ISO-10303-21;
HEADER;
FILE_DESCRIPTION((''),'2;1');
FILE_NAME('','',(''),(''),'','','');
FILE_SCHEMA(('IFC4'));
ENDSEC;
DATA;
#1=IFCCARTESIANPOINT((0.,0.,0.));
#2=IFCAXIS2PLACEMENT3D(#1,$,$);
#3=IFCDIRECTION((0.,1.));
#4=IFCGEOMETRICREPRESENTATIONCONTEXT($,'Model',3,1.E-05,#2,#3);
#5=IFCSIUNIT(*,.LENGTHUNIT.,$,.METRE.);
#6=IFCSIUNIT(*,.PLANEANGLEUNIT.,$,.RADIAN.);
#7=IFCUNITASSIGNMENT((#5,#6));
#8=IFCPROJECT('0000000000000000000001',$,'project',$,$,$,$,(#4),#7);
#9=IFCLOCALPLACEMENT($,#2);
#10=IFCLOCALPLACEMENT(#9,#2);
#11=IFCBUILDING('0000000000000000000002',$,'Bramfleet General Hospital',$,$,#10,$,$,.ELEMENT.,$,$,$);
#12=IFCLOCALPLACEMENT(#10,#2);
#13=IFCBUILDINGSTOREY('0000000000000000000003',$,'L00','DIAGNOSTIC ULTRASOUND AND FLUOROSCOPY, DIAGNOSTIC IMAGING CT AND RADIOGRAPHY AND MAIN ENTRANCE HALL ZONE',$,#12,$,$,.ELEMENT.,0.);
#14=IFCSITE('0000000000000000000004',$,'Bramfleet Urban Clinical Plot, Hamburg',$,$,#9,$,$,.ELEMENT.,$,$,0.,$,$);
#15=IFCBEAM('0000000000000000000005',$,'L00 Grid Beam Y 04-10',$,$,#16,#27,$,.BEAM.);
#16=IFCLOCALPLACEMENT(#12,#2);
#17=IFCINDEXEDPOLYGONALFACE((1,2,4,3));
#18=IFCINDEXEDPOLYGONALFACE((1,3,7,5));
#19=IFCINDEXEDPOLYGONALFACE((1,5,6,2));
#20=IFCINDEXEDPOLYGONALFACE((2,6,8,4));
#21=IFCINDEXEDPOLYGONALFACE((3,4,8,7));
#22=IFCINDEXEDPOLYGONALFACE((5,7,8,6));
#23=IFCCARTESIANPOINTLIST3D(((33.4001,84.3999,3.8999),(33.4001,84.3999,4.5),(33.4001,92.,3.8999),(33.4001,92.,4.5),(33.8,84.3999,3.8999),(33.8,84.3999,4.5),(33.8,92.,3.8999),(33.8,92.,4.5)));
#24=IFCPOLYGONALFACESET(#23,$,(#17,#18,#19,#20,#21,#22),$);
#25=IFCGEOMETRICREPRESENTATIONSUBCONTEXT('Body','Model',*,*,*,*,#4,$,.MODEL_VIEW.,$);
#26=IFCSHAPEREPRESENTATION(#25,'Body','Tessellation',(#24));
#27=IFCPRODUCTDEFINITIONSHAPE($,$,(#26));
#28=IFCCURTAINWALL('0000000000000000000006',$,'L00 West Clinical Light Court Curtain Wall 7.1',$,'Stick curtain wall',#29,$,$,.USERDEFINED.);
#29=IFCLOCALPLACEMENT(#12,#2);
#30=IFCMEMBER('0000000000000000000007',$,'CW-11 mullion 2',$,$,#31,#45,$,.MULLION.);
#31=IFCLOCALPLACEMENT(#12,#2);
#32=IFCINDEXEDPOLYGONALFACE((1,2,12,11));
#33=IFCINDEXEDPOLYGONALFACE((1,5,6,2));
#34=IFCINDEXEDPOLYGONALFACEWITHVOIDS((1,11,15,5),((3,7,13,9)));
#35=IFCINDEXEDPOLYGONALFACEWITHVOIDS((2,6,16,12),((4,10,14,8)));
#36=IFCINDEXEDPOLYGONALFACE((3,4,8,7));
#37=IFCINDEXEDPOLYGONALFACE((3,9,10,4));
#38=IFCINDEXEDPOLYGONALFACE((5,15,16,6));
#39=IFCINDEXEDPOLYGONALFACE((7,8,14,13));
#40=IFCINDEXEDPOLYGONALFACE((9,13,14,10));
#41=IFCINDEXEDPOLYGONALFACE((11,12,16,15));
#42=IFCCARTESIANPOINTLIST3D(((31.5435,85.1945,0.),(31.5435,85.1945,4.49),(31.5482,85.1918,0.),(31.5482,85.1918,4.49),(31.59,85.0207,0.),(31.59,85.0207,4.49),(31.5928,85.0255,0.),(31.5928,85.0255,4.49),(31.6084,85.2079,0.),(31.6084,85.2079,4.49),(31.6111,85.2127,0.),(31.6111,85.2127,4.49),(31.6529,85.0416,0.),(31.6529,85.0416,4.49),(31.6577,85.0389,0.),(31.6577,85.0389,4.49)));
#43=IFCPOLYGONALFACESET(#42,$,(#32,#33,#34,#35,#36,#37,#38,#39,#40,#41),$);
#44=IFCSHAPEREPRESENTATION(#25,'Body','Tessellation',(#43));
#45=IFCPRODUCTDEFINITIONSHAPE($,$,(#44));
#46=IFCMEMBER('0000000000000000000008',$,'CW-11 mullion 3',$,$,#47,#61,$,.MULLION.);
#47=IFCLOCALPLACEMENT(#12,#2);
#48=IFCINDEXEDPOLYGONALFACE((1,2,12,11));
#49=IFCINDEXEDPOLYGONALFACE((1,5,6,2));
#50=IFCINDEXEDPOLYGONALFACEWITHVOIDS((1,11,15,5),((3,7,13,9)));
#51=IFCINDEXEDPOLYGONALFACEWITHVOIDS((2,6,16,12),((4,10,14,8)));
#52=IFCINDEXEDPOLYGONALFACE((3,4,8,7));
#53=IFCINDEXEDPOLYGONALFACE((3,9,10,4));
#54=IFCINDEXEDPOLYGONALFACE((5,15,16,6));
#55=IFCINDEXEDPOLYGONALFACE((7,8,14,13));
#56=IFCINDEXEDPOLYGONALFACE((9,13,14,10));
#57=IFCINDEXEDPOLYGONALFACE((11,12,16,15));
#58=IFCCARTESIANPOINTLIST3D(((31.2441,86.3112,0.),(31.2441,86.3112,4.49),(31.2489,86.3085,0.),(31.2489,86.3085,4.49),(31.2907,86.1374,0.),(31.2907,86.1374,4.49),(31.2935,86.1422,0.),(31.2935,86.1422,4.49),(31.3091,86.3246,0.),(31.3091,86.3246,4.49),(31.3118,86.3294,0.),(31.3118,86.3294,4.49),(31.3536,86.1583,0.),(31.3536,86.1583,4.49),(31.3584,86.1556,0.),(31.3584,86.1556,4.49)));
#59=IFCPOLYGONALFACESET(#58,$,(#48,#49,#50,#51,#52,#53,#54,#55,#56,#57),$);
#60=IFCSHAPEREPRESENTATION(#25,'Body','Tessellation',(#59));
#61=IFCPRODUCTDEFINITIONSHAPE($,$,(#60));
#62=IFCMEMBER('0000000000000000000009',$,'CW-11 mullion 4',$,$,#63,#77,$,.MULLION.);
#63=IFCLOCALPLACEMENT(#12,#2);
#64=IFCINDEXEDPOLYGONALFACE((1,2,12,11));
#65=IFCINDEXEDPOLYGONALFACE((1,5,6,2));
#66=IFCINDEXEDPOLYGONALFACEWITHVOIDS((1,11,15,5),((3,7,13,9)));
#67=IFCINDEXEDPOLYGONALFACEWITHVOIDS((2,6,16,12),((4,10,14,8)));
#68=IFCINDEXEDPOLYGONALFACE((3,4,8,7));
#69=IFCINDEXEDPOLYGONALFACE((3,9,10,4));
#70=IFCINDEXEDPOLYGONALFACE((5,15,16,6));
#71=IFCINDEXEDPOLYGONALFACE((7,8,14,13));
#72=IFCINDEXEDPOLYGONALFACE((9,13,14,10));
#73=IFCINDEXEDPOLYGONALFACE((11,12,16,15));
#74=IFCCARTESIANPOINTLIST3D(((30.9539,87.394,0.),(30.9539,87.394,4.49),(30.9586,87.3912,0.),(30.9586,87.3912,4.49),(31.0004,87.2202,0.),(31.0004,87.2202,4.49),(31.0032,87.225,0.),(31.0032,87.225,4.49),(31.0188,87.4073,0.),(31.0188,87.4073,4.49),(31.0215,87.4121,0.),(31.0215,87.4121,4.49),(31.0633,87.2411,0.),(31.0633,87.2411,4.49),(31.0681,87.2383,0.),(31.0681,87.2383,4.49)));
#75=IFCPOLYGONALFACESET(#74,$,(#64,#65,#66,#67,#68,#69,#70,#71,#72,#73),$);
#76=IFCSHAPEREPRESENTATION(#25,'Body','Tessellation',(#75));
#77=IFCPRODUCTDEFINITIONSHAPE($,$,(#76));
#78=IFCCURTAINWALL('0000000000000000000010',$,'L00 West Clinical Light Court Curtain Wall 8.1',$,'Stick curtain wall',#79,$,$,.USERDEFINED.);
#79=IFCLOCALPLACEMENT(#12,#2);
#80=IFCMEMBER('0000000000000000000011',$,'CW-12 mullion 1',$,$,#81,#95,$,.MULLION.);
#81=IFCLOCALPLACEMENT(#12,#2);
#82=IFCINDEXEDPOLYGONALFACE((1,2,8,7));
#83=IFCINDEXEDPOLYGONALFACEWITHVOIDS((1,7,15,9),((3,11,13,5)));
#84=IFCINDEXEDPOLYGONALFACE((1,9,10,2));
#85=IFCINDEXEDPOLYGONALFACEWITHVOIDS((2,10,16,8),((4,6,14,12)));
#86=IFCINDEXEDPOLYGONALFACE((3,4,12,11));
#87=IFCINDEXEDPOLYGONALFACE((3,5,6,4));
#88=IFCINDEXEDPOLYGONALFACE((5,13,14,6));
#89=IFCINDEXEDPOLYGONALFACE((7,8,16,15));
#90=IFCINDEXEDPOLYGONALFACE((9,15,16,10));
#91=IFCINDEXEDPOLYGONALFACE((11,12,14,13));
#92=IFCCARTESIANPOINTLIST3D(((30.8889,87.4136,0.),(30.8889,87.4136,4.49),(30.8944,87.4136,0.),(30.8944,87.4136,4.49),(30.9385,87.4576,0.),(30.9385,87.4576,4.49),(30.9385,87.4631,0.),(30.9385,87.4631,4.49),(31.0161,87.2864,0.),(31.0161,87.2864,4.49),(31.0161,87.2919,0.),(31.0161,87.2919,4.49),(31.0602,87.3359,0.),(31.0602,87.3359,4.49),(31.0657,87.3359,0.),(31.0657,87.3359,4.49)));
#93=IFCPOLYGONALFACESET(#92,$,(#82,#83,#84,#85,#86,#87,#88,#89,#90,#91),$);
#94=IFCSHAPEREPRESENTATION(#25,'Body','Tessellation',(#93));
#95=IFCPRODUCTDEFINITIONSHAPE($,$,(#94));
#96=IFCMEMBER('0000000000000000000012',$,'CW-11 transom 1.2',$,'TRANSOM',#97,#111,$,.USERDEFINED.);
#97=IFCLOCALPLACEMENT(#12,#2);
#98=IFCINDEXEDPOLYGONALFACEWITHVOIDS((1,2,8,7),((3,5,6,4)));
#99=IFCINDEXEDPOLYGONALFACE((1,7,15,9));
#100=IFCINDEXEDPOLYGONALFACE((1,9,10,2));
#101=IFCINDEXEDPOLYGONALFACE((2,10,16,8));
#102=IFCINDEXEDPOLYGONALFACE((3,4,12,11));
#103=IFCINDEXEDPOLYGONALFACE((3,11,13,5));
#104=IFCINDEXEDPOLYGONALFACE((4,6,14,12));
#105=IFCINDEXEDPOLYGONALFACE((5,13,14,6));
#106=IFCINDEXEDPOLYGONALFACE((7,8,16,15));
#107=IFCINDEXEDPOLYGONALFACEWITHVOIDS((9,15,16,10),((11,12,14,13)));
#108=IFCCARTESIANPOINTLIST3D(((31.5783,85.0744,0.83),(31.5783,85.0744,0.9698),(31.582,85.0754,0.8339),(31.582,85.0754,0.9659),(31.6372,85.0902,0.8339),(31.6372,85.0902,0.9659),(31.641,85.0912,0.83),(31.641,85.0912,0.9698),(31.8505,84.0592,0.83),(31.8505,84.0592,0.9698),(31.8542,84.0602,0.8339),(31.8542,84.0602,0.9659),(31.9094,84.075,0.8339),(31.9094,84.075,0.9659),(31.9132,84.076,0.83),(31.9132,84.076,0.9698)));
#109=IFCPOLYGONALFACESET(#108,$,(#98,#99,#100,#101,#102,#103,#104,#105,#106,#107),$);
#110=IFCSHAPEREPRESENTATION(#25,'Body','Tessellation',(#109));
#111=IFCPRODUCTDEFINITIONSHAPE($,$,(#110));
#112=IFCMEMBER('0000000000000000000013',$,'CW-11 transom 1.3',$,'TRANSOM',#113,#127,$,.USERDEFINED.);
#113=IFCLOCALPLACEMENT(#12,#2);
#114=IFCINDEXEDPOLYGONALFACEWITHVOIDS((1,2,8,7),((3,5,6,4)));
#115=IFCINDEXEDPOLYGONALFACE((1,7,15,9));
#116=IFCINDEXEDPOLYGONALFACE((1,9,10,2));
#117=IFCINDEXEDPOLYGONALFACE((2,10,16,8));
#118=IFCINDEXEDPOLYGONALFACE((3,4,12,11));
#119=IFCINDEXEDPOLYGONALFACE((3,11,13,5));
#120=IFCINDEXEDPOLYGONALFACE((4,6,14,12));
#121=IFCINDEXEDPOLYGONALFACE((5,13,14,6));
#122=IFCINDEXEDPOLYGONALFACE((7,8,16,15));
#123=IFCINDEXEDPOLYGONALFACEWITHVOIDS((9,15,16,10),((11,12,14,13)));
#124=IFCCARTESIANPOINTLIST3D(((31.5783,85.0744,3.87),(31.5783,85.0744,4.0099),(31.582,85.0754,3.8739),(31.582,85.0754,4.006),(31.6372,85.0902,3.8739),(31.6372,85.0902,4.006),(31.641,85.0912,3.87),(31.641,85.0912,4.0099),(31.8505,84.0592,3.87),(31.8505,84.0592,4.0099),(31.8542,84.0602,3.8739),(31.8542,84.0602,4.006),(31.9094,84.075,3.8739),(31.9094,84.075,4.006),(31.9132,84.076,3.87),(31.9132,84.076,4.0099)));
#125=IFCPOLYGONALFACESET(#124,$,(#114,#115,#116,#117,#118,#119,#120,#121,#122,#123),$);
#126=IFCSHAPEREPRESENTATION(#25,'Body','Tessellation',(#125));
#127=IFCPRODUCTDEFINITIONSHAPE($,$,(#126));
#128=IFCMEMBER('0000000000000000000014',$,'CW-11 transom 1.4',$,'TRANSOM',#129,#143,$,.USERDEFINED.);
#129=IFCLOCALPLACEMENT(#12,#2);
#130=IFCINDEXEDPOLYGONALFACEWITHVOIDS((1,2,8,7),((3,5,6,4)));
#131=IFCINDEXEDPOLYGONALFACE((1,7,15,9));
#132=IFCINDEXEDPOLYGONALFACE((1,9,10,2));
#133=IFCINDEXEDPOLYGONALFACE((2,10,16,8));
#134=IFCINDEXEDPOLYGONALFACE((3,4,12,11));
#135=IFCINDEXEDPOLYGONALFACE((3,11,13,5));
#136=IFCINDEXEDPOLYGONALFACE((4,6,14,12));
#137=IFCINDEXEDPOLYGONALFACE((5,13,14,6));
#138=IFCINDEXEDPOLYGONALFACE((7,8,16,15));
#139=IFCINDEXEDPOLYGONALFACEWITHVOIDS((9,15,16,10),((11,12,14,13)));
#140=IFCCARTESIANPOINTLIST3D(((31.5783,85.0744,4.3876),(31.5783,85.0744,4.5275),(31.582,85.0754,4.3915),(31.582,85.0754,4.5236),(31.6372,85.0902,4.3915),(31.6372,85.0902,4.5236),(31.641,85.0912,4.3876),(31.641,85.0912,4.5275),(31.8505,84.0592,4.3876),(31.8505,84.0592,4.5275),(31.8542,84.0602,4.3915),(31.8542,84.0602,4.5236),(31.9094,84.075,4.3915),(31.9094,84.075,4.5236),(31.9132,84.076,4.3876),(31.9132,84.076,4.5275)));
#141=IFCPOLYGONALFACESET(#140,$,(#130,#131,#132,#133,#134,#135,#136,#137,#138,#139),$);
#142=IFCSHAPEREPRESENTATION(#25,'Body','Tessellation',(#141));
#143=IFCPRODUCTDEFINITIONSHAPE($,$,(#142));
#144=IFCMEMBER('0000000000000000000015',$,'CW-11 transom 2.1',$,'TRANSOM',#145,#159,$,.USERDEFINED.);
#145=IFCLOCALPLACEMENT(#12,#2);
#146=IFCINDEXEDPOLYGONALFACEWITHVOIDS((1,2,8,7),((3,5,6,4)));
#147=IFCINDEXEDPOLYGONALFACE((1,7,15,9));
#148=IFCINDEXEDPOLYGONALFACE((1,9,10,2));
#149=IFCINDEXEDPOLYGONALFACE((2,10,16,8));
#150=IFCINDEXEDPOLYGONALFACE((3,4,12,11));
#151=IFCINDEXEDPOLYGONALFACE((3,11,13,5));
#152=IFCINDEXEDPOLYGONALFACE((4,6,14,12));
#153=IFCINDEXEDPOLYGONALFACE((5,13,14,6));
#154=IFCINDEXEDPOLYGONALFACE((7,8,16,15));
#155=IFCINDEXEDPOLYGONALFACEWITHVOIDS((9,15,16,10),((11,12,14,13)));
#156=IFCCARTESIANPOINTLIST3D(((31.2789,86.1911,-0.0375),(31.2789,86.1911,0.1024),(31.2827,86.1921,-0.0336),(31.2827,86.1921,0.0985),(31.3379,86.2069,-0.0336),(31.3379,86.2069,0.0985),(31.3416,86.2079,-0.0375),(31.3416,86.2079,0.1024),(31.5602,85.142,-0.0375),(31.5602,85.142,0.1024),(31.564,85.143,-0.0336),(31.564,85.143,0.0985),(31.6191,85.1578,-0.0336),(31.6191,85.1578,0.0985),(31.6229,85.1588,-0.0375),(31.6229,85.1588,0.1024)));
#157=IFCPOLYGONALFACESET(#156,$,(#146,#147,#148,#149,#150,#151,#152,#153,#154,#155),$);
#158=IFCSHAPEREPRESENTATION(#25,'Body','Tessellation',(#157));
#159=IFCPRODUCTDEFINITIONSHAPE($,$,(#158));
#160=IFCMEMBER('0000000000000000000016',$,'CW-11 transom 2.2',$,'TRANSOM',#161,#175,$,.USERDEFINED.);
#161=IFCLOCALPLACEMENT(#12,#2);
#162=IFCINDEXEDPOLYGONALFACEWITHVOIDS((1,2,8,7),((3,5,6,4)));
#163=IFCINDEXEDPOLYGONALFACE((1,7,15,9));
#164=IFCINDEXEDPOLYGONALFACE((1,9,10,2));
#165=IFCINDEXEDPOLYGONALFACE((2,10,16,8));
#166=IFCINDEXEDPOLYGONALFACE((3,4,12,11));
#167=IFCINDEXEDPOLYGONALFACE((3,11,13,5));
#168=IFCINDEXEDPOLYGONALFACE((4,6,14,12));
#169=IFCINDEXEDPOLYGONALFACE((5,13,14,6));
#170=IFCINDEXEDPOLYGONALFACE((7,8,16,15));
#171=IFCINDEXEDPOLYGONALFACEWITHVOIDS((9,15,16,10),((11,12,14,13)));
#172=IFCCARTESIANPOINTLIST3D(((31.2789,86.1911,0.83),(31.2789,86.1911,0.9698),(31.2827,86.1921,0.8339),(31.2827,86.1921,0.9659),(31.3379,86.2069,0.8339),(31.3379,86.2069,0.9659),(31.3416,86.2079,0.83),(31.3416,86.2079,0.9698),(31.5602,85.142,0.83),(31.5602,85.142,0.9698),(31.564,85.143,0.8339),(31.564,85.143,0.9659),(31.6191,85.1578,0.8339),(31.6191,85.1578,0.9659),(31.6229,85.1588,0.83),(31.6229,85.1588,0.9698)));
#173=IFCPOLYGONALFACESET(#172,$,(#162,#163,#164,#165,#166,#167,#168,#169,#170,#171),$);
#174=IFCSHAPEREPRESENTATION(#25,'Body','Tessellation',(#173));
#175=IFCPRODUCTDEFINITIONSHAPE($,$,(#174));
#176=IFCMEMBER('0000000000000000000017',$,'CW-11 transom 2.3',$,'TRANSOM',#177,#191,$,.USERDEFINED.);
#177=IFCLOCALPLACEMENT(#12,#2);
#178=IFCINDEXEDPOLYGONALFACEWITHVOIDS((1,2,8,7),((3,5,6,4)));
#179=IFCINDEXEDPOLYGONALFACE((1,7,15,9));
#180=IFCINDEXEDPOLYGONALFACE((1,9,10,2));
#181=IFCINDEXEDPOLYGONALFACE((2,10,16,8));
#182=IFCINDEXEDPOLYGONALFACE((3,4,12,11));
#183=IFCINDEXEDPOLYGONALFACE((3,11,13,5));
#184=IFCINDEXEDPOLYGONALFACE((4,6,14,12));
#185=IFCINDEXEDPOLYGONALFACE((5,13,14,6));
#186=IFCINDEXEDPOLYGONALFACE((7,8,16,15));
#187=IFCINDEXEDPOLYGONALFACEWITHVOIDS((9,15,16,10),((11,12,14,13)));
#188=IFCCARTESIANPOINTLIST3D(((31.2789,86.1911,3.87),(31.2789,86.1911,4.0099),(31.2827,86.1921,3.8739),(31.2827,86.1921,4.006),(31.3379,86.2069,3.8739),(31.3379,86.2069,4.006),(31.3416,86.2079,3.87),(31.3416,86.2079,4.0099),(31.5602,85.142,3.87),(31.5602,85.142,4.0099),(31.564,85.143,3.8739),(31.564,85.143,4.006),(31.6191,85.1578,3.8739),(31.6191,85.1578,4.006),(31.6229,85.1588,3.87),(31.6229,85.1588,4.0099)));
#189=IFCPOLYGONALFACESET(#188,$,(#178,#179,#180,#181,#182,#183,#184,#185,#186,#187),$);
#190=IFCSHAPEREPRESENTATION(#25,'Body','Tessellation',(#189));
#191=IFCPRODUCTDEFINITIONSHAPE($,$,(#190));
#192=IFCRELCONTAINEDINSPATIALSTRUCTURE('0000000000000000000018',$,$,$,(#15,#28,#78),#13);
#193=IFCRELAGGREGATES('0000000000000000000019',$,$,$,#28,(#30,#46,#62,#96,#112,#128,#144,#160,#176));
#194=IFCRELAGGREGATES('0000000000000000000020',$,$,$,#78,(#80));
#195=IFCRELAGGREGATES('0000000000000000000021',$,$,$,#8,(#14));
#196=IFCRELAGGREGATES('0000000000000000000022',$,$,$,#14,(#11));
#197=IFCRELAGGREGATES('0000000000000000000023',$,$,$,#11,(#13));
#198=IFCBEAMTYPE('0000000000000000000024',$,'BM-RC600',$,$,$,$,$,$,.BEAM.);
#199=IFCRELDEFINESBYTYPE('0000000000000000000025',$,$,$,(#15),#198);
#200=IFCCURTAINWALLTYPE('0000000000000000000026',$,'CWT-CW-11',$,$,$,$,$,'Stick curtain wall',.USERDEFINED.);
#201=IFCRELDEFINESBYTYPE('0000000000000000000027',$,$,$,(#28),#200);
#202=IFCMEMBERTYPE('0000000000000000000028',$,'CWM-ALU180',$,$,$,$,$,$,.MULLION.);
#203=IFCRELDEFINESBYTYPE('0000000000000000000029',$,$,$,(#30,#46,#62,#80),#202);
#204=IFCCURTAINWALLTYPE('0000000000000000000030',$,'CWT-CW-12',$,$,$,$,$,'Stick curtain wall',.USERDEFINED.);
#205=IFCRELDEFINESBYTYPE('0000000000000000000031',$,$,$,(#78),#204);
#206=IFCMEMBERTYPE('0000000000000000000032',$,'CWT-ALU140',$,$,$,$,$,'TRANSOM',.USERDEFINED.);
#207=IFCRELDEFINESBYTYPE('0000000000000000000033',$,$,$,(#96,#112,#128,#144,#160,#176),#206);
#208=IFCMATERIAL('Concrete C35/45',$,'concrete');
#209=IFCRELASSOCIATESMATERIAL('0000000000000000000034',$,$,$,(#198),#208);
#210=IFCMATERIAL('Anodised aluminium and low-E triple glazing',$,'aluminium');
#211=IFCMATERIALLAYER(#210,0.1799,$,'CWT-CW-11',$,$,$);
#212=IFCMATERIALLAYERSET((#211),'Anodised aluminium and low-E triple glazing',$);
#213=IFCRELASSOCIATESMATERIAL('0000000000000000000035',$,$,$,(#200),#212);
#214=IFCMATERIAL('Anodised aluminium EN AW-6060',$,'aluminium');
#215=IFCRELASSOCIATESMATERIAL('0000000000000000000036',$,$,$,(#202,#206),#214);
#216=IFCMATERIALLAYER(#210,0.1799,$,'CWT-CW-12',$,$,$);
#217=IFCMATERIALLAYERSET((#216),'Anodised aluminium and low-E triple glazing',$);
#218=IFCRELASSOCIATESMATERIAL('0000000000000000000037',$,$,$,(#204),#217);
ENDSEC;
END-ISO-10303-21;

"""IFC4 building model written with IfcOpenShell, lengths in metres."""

from ifc_helpers import new_model, si_unit, direction, frame, origin, origin_2d, place, context, subcontext, project, spatial, rectangle, hollow_rectangle, extrude, material, layer, layer_set, material_profile, profile_set, type_object, element, aggregate, save


model = new_model("IFC4")

# Units and contexts
model_context = context("Model", 3, precision=1e-05, world=origin(), true_north=direction((0.0, 1.0)))
body_context = subcontext(model_context, "Body", "Model", "MODEL_VIEW")
ifc_project = project(units=[si_unit("LENGTHUNIT", "METRE"), si_unit("PLANEANGLEUNIT", "RADIAN")], contexts=[model_context])

# Site, building, storey
site_placement = place(None, origin())
site = spatial("IfcSite", under=ifc_project, at=site_placement, Name="Bramfleet Urban Clinical Plot, Hamburg", CompositionType="ELEMENT", RefElevation=0.0)
building_placement = place(site_placement, origin())
building = spatial("IfcBuilding", under=site, at=building_placement, Name="Bramfleet General Hospital", CompositionType="ELEMENT")
storey_placement = place(building_placement, origin())
storey = spatial("IfcBuildingStorey", under=building, at=storey_placement, Name="L00", Description="DIAGNOSTIC ULTRASOUND AND FLUOROSCOPY, DIAGNOSTIC IMAGING CT AND RADIOGRAPHY AND MAIN ENTRANCE HALL ZONE", CompositionType="ELEMENT", Elevation=0.0)

# Beam
ifc_material_1 = material(Name="Concrete C35/45", Category="concrete")
ifc_material_profile_1 = material_profile(ifc_material_1, rectangle(XDim=0.3999, YDim=0.6001, at=origin_2d()), Name="RC BM 600x400")
ifc_profile_set_1 = profile_set([ifc_material_profile_1], Name="Concrete C35/45")
beam_type = type_object("IfcBeamType", Name="BM-RC600", PredefinedType="BEAM", material=ifc_profile_set_1)
beam_placement = place(storey_placement, frame((33.6001, 84.3999, 4.2), z_axis=(0.0, 1.0, 0.0), x_axis=(-1.0, 0.0, 0.0)))
element("IfcBeam", 1, at=beam_placement, inside=storey, type_object=beam_type, Name="L00 Grid Beam Y 04-10", PredefinedType="BEAM", context=body_context, shape_type="SweptSolid", body=[
    extrude(rectangle(XDim=0.3999, YDim=0.6001, at=origin_2d()), origin(), (0.0, 0.0, 1.0), 7.6001),
])

# Curtain wall, members
ifc_material_2 = material(Name="Anodised aluminium and low-E triple glazing", Category="aluminium")
ifc_layer_1 = layer(ifc_material_2, 0.1799, Name="CWT-CW-11")
ifc_layer_set_1 = layer_set([ifc_layer_1], Name="Anodised aluminium and low-E triple glazing")
curtain_wall_type_1 = type_object("IfcCurtainWallType", Name="CWT-CW-11", ElementType="Stick curtain wall", PredefinedType="USERDEFINED", material=ifc_layer_set_1)
curtain_wall_1_placement = place(storey_placement, origin())
curtain_wall_1 = element("IfcCurtainWall", 2, at=curtain_wall_1_placement, inside=storey, type_object=curtain_wall_type_1, Name="L00 West Clinical Light Court Curtain Wall 7.1", ObjectType="Stick curtain wall", PredefinedType="USERDEFINED")
ifc_material_3 = material(Name="Anodised aluminium EN AW-6060", Category="aluminium")
ifc_material_profile_2 = material_profile(ifc_material_3, hollow_rectangle(XDim=0.0701, YDim=0.1799, WallThickness=0.0039, at=origin_2d()), Name="ALU 180x70x4.0")
ifc_profile_set_2 = profile_set([ifc_material_profile_2], Name="Anodised aluminium EN AW-6060")
member_type_1 = type_object("IfcMemberType", Name="CWM-ALU180", PredefinedType="MULLION", material=ifc_profile_set_2)
member_1_placement = place(storey_placement, frame((31.6006, 85.1167, 0.0), z_axis=(0.0, 0.0, 1.0), x_axis=(-0.965899, -0.258919, 0.0)))
member_1 = element("IfcMember", 3, at=member_1_placement, type_object=member_type_1, Name="CW-11 mullion 2", PredefinedType="MULLION", context=body_context, shape_type="SweptSolid", body=[
    extrude(hollow_rectangle(XDim=0.0701, YDim=0.1799, WallThickness=0.0039, at=origin_2d()), origin(), (0.0, 0.0, 1.0), 4.49),
])
member_2_placement = place(storey_placement, frame((31.3013, 86.2334, 0.0), z_axis=(0.0, 0.0, 1.0), x_axis=(-0.965899, -0.258919, 0.0)))
member_2 = element("IfcMember", 4, at=member_2_placement, type_object=member_type_1, Name="CW-11 mullion 3", PredefinedType="MULLION", context=body_context, shape_type="SweptSolid", body=[
    extrude(hollow_rectangle(XDim=0.0701, YDim=0.1799, WallThickness=0.0039, at=origin_2d()), origin(), (0.0, 0.0, 1.0), 4.49),
])
member_3_placement = place(storey_placement, frame((31.011, 87.3162, 0.0), z_axis=(0.0, 0.0, 1.0), x_axis=(-0.965899, -0.258919, 0.0)))
member_3 = element("IfcMember", 5, at=member_3_placement, type_object=member_type_1, Name="CW-11 mullion 4", PredefinedType="MULLION", context=body_context, shape_type="SweptSolid", body=[
    extrude(hollow_rectangle(XDim=0.0701, YDim=0.1799, WallThickness=0.0039, at=origin_2d()), origin(), (0.0, 0.0, 1.0), 4.49),
])

# Curtain wall, member
ifc_layer_2 = layer(ifc_material_2, 0.1799, Name="CWT-CW-12")
ifc_layer_set_2 = layer_set([ifc_layer_2], Name="Anodised aluminium and low-E triple glazing")
curtain_wall_type_2 = type_object("IfcCurtainWallType", Name="CWT-CW-12", ElementType="Stick curtain wall", PredefinedType="USERDEFINED", material=ifc_layer_set_2)
curtain_wall_2_placement = place(storey_placement, origin())
curtain_wall_2 = element("IfcCurtainWall", 6, at=curtain_wall_2_placement, inside=storey, type_object=curtain_wall_type_2, Name="L00 West Clinical Light Court Curtain Wall 8.1", ObjectType="Stick curtain wall", PredefinedType="USERDEFINED")
member_4_placement = place(storey_placement, frame((30.9773, 87.3748, 0.0), z_axis=(0.0, 0.0, 1.0), x_axis=(-0.707107, -0.707107, 0.0)))
member_4 = element("IfcMember", 7, at=member_4_placement, type_object=member_type_1, Name="CW-12 mullion 1", PredefinedType="MULLION", context=body_context, shape_type="SweptSolid", body=[
    extrude(hollow_rectangle(XDim=0.0701, YDim=0.1799, WallThickness=0.0039, at=origin_2d()), origin(), (0.0, 0.0, 1.0), 4.49),
])

# Members
ifc_material_profile_3 = material_profile(ifc_material_3, hollow_rectangle(XDim=0.0649, YDim=0.1399, WallThickness=0.0039, at=origin_2d()), Name="ALU 140x65x4.0")
ifc_profile_set_3 = profile_set([ifc_material_profile_3], Name="Anodised aluminium EN AW-6060")
member_type_2 = type_object("IfcMemberType", Name="CWT-ALU140", ElementType="TRANSOM", PredefinedType="USERDEFINED", material=ifc_profile_set_3)
member_5_placement = place(storey_placement, frame((31.8818, 84.0676, 0.8999), z_axis=(-0.259007, 0.965875, 0.0), x_axis=(-0.965875, -0.259007, 0.0)))
member_5 = element("IfcMember", 8, at=member_5_placement, type_object=member_type_2, Name="CW-11 transom 1.2", ObjectType="TRANSOM", PredefinedType="USERDEFINED", context=body_context, shape_type="SweptSolid", body=[
    extrude(hollow_rectangle(XDim=0.0649, YDim=0.1399, WallThickness=0.0039, at=origin_2d()), origin(), (0.0, 0.0, 1.0), 1.051),
])
member_6_placement = place(storey_placement, frame((31.8818, 84.0676, 3.9399), z_axis=(-0.259007, 0.965875, 0.0), x_axis=(-0.965875, -0.259007, 0.0)))
member_6 = element("IfcMember", 9, at=member_6_placement, type_object=member_type_2, Name="CW-11 transom 1.3", ObjectType="TRANSOM", PredefinedType="USERDEFINED", context=body_context, shape_type="SweptSolid", body=[
    extrude(hollow_rectangle(XDim=0.0649, YDim=0.1399, WallThickness=0.0039, at=origin_2d()), origin(), (0.0, 0.0, 1.0), 1.051),
])
member_7_placement = place(storey_placement, frame((31.8818, 84.0676, 4.4575), z_axis=(-0.259007, 0.965875, 0.0), x_axis=(-0.965875, -0.259007, 0.0)))
member_7 = element("IfcMember", 10, at=member_7_placement, type_object=member_type_2, Name="CW-11 transom 1.4", ObjectType="TRANSOM", PredefinedType="USERDEFINED", context=body_context, shape_type="SweptSolid", body=[
    extrude(hollow_rectangle(XDim=0.0649, YDim=0.1399, WallThickness=0.0039, at=origin_2d()), origin(), (0.0, 0.0, 1.0), 1.051),
])
member_8_placement = place(storey_placement, frame((31.5916, 85.1504, 0.0325), z_axis=(-0.25895, 0.965891, 0.0), x_axis=(-0.965891, -0.25895, 0.0)))
member_8 = element("IfcMember", 11, at=member_8_placement, type_object=member_type_2, Name="CW-11 transom 2.1", ObjectType="TRANSOM", PredefinedType="USERDEFINED", context=body_context, shape_type="SweptSolid", body=[
    extrude(hollow_rectangle(XDim=0.0649, YDim=0.1399, WallThickness=0.0039, at=origin_2d()), origin(), (0.0, 0.0, 1.0), 1.0862),
])
member_9_placement = place(storey_placement, frame((31.5916, 85.1504, 0.8999), z_axis=(-0.25895, 0.965891, 0.0), x_axis=(-0.965891, -0.25895, 0.0)))
member_9 = element("IfcMember", 12, at=member_9_placement, type_object=member_type_2, Name="CW-11 transom 2.2", ObjectType="TRANSOM", PredefinedType="USERDEFINED", context=body_context, shape_type="SweptSolid", body=[
    extrude(hollow_rectangle(XDim=0.0649, YDim=0.1399, WallThickness=0.0039, at=origin_2d()), origin(), (0.0, 0.0, 1.0), 1.0862),
])
member_10_placement = place(storey_placement, frame((31.5916, 85.1504, 3.9399), z_axis=(-0.25895, 0.965891, 0.0), x_axis=(-0.965891, -0.25895, 0.0)))
member_10 = element("IfcMember", 13, at=member_10_placement, type_object=member_type_2, Name="CW-11 transom 2.3", ObjectType="TRANSOM", PredefinedType="USERDEFINED", context=body_context, shape_type="SweptSolid", body=[
    extrude(hollow_rectangle(XDim=0.0649, YDim=0.1399, WallThickness=0.0039, at=origin_2d()), origin(), (0.0, 0.0, 1.0), 1.0862),
])

aggregate(curtain_wall_1, [member_1, member_2, member_3, member_5, member_6, member_7, member_8, member_9, member_10])
aggregate(curtain_wall_2, [member_4])

save(model, "model.ifc")
